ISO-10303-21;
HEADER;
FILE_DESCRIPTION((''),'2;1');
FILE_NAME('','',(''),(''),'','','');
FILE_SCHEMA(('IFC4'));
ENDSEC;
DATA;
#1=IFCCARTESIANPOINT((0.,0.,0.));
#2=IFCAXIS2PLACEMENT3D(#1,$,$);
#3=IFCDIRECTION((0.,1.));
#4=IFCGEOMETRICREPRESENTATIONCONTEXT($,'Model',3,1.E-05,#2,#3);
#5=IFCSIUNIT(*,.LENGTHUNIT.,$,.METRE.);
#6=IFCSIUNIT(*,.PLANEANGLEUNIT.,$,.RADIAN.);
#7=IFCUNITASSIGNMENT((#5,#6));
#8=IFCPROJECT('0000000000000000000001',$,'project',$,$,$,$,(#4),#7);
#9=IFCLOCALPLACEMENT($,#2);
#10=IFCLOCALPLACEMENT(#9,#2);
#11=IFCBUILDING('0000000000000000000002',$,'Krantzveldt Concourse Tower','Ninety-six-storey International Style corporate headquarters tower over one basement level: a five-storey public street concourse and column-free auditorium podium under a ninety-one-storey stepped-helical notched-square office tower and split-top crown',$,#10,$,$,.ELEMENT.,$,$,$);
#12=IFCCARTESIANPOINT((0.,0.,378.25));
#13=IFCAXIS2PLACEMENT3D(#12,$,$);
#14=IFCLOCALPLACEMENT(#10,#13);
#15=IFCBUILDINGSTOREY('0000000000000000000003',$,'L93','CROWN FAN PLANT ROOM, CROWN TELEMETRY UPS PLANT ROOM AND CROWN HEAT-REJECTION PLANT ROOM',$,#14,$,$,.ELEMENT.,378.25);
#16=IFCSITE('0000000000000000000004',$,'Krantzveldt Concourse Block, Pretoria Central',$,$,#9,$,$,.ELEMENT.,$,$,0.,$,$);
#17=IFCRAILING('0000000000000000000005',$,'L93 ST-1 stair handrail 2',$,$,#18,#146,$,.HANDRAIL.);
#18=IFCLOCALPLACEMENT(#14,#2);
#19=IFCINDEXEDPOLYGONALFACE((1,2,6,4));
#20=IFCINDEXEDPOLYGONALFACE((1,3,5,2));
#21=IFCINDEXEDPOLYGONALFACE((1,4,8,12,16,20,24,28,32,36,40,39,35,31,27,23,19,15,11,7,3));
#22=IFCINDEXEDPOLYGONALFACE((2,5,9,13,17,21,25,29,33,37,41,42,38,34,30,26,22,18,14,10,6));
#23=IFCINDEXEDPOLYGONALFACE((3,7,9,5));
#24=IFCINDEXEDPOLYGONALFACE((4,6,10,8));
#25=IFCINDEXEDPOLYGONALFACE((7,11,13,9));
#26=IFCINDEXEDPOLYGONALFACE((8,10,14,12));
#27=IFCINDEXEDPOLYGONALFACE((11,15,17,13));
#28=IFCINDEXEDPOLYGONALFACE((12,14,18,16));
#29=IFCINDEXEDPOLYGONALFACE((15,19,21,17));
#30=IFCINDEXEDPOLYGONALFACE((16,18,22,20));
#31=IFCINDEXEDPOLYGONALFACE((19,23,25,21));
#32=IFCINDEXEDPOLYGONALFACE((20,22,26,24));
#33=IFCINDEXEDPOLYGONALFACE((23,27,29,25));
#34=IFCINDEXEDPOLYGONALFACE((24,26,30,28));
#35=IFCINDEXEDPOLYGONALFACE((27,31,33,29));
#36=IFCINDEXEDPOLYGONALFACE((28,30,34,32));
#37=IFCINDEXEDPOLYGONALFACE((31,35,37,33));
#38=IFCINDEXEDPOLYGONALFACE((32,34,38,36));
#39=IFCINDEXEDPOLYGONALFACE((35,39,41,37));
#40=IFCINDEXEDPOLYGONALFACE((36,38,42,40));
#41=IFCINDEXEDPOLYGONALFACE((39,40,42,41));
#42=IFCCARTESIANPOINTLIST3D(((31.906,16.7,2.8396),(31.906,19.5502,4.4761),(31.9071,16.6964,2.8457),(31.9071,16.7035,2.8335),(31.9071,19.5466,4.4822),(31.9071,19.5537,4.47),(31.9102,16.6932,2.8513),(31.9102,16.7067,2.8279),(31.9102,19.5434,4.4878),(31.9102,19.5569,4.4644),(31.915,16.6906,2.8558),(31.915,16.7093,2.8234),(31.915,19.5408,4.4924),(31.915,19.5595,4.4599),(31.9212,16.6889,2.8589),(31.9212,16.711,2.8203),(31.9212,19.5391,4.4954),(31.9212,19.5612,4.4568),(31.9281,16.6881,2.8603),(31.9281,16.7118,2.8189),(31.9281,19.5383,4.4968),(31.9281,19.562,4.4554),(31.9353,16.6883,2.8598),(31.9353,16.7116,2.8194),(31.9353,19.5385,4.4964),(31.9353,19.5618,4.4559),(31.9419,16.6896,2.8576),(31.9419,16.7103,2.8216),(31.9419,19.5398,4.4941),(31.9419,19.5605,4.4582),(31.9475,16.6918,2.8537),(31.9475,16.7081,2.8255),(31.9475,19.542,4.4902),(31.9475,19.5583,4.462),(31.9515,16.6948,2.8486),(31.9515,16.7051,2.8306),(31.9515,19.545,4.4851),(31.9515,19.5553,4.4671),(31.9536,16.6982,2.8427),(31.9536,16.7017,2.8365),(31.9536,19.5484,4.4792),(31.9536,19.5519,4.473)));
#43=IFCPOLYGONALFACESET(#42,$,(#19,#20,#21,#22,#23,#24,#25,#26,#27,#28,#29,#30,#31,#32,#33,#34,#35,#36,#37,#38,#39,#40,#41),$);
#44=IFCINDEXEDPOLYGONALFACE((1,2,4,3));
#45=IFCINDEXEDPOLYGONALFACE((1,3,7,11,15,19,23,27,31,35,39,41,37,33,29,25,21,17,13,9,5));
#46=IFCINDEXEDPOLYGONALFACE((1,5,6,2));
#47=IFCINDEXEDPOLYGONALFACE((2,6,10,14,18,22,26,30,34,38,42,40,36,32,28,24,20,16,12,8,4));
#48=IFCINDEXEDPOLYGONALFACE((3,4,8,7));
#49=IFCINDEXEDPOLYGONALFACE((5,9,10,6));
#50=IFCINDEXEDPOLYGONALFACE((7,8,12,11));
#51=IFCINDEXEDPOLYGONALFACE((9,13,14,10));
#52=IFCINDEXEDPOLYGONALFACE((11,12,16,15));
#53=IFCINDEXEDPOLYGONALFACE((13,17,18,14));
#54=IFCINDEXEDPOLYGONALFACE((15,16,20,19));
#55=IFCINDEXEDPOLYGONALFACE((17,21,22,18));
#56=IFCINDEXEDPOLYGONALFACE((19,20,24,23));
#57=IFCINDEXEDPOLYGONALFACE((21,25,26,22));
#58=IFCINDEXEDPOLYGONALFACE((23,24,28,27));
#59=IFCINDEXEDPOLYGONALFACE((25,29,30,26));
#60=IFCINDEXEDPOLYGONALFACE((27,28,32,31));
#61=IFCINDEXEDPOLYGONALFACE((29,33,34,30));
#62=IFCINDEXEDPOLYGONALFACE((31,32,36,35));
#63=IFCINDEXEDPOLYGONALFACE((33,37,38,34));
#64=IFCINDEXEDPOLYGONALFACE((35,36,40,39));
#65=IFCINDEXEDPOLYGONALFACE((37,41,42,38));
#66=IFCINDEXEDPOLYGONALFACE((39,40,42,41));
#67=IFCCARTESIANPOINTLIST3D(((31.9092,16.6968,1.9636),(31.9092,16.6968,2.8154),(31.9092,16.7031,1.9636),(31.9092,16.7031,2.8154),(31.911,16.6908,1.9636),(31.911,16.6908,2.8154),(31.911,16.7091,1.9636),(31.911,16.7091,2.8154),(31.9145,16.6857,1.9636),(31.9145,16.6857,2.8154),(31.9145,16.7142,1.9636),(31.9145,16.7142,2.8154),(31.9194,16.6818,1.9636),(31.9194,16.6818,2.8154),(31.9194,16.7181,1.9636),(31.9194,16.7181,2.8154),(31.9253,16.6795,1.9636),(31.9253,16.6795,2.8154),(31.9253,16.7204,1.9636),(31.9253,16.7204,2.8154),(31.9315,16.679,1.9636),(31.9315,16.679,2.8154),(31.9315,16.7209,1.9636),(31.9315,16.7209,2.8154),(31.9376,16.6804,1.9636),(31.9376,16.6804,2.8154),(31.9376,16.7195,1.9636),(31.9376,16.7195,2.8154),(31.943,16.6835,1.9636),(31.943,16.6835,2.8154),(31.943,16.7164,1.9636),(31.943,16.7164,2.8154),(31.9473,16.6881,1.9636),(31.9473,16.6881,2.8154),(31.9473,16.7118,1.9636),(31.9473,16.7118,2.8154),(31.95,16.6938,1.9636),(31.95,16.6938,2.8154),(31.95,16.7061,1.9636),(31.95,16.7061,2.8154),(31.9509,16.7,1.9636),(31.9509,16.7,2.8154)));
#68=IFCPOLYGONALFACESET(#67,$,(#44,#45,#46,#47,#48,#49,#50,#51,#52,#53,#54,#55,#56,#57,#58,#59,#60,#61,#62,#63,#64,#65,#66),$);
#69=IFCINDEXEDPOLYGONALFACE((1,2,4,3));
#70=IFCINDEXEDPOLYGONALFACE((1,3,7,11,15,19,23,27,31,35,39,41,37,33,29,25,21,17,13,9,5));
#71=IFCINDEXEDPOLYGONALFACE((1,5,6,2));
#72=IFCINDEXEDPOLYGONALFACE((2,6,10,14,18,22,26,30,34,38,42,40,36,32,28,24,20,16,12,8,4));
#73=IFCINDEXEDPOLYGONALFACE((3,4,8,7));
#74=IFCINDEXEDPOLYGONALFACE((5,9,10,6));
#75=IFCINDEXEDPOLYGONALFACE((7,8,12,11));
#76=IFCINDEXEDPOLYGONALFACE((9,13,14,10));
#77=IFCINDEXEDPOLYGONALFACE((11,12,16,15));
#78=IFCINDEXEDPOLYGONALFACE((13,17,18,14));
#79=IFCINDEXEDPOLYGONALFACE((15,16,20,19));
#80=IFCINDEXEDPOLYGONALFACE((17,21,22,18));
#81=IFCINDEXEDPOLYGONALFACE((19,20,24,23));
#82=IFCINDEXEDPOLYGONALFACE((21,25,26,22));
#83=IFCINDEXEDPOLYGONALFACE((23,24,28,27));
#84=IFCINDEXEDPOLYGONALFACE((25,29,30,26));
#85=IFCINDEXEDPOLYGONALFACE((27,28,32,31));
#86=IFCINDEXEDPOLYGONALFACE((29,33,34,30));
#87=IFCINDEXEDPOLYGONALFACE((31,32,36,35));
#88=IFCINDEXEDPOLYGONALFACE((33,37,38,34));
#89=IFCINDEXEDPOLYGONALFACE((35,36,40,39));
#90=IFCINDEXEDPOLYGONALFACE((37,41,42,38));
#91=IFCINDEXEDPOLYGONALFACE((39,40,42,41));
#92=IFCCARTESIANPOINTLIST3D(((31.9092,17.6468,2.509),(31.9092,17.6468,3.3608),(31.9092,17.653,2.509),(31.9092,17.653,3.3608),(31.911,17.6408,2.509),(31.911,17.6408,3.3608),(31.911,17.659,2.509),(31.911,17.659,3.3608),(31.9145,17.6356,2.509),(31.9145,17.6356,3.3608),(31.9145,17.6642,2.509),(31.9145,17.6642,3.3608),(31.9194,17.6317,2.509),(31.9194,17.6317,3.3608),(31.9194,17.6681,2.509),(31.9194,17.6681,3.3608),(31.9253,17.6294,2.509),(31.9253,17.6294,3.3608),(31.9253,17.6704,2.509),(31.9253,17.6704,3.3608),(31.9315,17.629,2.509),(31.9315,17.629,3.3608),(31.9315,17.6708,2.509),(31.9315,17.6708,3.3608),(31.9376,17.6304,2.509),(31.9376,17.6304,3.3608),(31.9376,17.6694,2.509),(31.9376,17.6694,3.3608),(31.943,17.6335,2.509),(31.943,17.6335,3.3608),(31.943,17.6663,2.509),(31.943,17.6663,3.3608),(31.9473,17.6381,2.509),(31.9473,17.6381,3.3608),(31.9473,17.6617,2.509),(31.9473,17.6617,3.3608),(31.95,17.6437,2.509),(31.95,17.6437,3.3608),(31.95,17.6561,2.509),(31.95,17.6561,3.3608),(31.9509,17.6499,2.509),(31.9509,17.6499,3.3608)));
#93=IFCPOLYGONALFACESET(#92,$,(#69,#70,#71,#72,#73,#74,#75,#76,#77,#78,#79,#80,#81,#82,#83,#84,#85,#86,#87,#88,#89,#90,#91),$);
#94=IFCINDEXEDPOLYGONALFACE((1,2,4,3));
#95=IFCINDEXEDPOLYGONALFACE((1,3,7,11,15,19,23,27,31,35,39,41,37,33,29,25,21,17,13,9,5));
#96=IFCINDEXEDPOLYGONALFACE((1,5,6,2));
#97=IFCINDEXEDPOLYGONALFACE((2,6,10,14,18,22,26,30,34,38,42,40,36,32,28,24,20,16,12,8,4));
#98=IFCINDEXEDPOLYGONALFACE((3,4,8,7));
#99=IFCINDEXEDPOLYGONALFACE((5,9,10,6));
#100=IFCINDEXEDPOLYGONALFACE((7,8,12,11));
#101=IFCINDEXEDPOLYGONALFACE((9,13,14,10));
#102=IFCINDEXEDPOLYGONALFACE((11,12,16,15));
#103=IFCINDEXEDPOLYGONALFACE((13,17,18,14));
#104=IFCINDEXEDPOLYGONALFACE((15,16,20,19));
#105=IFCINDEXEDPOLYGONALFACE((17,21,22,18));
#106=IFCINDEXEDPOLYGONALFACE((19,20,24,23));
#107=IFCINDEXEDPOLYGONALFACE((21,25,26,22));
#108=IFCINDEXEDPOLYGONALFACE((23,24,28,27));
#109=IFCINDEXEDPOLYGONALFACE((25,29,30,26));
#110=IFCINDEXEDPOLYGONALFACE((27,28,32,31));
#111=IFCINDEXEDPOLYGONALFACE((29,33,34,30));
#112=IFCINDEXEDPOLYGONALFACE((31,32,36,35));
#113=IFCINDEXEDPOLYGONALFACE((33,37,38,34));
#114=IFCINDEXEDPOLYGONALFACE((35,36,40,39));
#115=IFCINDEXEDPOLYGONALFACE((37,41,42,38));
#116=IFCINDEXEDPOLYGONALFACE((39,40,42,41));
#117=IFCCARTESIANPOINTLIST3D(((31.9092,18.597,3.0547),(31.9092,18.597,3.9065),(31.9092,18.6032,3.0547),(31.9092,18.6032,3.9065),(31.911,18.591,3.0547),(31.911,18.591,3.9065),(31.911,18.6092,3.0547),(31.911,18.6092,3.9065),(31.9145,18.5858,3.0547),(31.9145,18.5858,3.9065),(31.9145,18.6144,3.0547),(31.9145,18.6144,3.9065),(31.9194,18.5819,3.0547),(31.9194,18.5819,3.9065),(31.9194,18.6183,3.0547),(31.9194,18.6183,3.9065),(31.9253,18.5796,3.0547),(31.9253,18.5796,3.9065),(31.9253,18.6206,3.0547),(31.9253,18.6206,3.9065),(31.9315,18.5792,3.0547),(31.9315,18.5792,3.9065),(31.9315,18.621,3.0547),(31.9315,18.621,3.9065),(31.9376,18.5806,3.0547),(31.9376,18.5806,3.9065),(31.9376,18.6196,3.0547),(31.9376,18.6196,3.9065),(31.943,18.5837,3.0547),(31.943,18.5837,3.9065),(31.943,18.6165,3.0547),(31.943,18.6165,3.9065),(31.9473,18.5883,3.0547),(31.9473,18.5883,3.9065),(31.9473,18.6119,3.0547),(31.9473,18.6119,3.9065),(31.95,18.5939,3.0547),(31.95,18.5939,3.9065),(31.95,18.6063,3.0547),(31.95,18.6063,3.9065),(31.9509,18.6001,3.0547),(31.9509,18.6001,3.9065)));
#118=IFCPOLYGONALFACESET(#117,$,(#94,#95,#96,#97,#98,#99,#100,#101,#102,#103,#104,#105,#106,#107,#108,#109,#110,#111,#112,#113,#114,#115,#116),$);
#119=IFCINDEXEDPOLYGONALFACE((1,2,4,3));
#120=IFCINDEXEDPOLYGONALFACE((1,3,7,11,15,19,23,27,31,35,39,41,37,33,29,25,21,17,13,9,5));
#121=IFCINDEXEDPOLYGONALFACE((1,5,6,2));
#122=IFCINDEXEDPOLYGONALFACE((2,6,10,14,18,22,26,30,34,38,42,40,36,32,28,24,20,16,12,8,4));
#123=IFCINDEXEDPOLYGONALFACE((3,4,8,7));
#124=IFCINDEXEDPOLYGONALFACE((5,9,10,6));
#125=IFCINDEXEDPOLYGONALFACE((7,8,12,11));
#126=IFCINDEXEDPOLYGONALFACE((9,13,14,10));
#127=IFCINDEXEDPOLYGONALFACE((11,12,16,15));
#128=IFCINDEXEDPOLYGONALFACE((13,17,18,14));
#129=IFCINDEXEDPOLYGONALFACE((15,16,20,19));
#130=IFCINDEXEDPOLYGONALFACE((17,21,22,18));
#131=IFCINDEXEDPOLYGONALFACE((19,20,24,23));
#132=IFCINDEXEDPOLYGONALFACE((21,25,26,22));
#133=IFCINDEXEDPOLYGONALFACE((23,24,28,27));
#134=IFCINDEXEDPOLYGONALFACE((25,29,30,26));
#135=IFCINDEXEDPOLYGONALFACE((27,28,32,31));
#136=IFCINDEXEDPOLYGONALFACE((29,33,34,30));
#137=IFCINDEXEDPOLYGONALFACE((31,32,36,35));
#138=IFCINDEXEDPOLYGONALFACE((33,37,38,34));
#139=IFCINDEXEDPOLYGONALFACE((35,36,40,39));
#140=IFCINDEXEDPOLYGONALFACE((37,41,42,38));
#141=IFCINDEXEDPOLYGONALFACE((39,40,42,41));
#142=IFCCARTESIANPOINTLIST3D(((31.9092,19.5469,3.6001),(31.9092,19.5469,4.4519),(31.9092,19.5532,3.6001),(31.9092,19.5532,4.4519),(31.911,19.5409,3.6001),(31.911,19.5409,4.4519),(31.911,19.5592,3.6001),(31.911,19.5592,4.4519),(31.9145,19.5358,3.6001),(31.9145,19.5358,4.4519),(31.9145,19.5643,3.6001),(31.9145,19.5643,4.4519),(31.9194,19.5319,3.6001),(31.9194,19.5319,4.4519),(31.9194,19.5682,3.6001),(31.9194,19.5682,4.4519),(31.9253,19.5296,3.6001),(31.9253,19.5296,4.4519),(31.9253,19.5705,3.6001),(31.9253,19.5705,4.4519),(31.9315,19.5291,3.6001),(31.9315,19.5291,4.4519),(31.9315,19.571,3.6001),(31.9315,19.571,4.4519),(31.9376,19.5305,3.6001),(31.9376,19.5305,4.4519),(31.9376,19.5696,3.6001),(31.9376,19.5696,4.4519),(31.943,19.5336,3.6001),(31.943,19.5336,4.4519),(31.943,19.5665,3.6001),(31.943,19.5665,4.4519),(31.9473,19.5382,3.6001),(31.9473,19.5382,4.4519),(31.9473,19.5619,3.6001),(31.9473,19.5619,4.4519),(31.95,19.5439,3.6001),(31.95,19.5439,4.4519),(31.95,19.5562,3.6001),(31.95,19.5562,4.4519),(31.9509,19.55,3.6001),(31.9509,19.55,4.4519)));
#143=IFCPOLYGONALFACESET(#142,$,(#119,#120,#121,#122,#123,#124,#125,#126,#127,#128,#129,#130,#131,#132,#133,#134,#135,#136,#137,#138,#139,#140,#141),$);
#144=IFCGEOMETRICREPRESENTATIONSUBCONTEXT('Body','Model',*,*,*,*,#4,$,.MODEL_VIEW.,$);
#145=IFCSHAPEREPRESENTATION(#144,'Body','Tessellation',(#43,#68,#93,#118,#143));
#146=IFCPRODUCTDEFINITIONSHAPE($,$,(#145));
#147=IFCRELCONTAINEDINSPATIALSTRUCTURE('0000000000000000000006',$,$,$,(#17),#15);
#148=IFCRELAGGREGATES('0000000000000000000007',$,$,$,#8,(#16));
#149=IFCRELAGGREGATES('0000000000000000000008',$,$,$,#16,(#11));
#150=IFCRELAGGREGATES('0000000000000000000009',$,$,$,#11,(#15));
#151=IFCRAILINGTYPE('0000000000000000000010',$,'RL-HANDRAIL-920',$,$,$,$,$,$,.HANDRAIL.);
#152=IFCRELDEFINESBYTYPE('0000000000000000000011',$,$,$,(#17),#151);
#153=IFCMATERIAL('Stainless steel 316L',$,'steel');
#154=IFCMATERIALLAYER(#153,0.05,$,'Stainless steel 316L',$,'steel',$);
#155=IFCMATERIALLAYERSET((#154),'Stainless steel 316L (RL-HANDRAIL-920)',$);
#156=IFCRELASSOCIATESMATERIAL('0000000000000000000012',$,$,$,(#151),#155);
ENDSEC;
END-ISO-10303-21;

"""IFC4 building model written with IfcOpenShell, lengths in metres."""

from ifc_helpers import new_model, si_unit, direction, frame, origin, origin_2d, place, context, subcontext, project, spatial, circle, extrude, material, layer, layer_set, type_object, element, save


model = new_model("IFC4")

# Units and contexts
model_context = context("Model", 3, precision=1e-05, world=origin(), true_north=direction((0.0, 1.0)))
body_context = subcontext(model_context, "Body", "Model", "MODEL_VIEW")
ifc_project = project(units=[si_unit("LENGTHUNIT", "METRE"), si_unit("PLANEANGLEUNIT", "RADIAN")], contexts=[model_context])

# Site, building, storey
site_placement = place(None, origin())
site = spatial("IfcSite", under=ifc_project, at=site_placement, Name="Krantzveldt Concourse Block, Pretoria Central", CompositionType="ELEMENT", RefElevation=0.0)
building_placement = place(site_placement, origin())
building = spatial("IfcBuilding", under=site, at=building_placement, Name="Krantzveldt Concourse Tower", Description="Ninety-six-storey International Style corporate headquarters tower over one basement level: a five-storey public street concourse and column-free auditorium podium under a ninety-one-storey stepped-helical notched-square office tower and split-top crown", CompositionType="ELEMENT")
storey_placement = place(building_placement, frame((0.0, 0.0, 378.25)))
storey = spatial("IfcBuildingStorey", under=building, at=storey_placement, Name="L93", Description="CROWN FAN PLANT ROOM, CROWN TELEMETRY UPS PLANT ROOM AND CROWN HEAT-REJECTION PLANT ROOM", CompositionType="ELEMENT", Elevation=378.25)

# Railing
ifc_material_1 = material(Name="Stainless steel 316L", Category="steel")
ifc_layer_1 = layer(ifc_material_1, 0.05, Name="Stainless steel 316L", Category="steel")
ifc_layer_set_1 = layer_set([ifc_layer_1], Name="Stainless steel 316L (RL-HANDRAIL-920)")
railing_type_1 = type_object("IfcRailingType", Name="RL-HANDRAIL-920", PredefinedType="HANDRAIL", material=ifc_layer_set_1)
railing_1_placement = place(storey_placement, frame((31.9299, 16.7, 1.9636)))
element("IfcRailing", 1, at=railing_1_placement, inside=storey, type_object=railing_type_1, Name="L93 ST-1 stair handrail 2", PredefinedType="HANDRAIL", context=body_context, shape_type="SweptSolid", body=[
    extrude(circle(Radius=0.0239, at=origin_2d()), frame((0.0, 0.0, 0.876), z_axis=(0.0, 0.867213, 0.497938), x_axis=(-1.0, 0.0, 0.0)), (0.0, 0.0, 1.0), 3.2866),
    extrude(circle(Radius=0.021, at=origin_2d()), origin(), (0.0, 0.0, 1.0), 0.8518),
    extrude(circle(Radius=0.021, at=origin_2d()), frame((0.0, 0.95, 0.5454)), (0.0, 0.0, 1.0), 0.8518),
    extrude(circle(Radius=0.021, at=origin_2d()), frame((0.0, 1.9001, 1.0911)), (0.0, 0.0, 1.0), 0.8518),
    extrude(circle(Radius=0.021, at=origin_2d()), frame((0.0, 2.8501, 1.6365)), (0.0, 0.0, 1.0), 0.8518),
])

save(model, "model.ifc")
